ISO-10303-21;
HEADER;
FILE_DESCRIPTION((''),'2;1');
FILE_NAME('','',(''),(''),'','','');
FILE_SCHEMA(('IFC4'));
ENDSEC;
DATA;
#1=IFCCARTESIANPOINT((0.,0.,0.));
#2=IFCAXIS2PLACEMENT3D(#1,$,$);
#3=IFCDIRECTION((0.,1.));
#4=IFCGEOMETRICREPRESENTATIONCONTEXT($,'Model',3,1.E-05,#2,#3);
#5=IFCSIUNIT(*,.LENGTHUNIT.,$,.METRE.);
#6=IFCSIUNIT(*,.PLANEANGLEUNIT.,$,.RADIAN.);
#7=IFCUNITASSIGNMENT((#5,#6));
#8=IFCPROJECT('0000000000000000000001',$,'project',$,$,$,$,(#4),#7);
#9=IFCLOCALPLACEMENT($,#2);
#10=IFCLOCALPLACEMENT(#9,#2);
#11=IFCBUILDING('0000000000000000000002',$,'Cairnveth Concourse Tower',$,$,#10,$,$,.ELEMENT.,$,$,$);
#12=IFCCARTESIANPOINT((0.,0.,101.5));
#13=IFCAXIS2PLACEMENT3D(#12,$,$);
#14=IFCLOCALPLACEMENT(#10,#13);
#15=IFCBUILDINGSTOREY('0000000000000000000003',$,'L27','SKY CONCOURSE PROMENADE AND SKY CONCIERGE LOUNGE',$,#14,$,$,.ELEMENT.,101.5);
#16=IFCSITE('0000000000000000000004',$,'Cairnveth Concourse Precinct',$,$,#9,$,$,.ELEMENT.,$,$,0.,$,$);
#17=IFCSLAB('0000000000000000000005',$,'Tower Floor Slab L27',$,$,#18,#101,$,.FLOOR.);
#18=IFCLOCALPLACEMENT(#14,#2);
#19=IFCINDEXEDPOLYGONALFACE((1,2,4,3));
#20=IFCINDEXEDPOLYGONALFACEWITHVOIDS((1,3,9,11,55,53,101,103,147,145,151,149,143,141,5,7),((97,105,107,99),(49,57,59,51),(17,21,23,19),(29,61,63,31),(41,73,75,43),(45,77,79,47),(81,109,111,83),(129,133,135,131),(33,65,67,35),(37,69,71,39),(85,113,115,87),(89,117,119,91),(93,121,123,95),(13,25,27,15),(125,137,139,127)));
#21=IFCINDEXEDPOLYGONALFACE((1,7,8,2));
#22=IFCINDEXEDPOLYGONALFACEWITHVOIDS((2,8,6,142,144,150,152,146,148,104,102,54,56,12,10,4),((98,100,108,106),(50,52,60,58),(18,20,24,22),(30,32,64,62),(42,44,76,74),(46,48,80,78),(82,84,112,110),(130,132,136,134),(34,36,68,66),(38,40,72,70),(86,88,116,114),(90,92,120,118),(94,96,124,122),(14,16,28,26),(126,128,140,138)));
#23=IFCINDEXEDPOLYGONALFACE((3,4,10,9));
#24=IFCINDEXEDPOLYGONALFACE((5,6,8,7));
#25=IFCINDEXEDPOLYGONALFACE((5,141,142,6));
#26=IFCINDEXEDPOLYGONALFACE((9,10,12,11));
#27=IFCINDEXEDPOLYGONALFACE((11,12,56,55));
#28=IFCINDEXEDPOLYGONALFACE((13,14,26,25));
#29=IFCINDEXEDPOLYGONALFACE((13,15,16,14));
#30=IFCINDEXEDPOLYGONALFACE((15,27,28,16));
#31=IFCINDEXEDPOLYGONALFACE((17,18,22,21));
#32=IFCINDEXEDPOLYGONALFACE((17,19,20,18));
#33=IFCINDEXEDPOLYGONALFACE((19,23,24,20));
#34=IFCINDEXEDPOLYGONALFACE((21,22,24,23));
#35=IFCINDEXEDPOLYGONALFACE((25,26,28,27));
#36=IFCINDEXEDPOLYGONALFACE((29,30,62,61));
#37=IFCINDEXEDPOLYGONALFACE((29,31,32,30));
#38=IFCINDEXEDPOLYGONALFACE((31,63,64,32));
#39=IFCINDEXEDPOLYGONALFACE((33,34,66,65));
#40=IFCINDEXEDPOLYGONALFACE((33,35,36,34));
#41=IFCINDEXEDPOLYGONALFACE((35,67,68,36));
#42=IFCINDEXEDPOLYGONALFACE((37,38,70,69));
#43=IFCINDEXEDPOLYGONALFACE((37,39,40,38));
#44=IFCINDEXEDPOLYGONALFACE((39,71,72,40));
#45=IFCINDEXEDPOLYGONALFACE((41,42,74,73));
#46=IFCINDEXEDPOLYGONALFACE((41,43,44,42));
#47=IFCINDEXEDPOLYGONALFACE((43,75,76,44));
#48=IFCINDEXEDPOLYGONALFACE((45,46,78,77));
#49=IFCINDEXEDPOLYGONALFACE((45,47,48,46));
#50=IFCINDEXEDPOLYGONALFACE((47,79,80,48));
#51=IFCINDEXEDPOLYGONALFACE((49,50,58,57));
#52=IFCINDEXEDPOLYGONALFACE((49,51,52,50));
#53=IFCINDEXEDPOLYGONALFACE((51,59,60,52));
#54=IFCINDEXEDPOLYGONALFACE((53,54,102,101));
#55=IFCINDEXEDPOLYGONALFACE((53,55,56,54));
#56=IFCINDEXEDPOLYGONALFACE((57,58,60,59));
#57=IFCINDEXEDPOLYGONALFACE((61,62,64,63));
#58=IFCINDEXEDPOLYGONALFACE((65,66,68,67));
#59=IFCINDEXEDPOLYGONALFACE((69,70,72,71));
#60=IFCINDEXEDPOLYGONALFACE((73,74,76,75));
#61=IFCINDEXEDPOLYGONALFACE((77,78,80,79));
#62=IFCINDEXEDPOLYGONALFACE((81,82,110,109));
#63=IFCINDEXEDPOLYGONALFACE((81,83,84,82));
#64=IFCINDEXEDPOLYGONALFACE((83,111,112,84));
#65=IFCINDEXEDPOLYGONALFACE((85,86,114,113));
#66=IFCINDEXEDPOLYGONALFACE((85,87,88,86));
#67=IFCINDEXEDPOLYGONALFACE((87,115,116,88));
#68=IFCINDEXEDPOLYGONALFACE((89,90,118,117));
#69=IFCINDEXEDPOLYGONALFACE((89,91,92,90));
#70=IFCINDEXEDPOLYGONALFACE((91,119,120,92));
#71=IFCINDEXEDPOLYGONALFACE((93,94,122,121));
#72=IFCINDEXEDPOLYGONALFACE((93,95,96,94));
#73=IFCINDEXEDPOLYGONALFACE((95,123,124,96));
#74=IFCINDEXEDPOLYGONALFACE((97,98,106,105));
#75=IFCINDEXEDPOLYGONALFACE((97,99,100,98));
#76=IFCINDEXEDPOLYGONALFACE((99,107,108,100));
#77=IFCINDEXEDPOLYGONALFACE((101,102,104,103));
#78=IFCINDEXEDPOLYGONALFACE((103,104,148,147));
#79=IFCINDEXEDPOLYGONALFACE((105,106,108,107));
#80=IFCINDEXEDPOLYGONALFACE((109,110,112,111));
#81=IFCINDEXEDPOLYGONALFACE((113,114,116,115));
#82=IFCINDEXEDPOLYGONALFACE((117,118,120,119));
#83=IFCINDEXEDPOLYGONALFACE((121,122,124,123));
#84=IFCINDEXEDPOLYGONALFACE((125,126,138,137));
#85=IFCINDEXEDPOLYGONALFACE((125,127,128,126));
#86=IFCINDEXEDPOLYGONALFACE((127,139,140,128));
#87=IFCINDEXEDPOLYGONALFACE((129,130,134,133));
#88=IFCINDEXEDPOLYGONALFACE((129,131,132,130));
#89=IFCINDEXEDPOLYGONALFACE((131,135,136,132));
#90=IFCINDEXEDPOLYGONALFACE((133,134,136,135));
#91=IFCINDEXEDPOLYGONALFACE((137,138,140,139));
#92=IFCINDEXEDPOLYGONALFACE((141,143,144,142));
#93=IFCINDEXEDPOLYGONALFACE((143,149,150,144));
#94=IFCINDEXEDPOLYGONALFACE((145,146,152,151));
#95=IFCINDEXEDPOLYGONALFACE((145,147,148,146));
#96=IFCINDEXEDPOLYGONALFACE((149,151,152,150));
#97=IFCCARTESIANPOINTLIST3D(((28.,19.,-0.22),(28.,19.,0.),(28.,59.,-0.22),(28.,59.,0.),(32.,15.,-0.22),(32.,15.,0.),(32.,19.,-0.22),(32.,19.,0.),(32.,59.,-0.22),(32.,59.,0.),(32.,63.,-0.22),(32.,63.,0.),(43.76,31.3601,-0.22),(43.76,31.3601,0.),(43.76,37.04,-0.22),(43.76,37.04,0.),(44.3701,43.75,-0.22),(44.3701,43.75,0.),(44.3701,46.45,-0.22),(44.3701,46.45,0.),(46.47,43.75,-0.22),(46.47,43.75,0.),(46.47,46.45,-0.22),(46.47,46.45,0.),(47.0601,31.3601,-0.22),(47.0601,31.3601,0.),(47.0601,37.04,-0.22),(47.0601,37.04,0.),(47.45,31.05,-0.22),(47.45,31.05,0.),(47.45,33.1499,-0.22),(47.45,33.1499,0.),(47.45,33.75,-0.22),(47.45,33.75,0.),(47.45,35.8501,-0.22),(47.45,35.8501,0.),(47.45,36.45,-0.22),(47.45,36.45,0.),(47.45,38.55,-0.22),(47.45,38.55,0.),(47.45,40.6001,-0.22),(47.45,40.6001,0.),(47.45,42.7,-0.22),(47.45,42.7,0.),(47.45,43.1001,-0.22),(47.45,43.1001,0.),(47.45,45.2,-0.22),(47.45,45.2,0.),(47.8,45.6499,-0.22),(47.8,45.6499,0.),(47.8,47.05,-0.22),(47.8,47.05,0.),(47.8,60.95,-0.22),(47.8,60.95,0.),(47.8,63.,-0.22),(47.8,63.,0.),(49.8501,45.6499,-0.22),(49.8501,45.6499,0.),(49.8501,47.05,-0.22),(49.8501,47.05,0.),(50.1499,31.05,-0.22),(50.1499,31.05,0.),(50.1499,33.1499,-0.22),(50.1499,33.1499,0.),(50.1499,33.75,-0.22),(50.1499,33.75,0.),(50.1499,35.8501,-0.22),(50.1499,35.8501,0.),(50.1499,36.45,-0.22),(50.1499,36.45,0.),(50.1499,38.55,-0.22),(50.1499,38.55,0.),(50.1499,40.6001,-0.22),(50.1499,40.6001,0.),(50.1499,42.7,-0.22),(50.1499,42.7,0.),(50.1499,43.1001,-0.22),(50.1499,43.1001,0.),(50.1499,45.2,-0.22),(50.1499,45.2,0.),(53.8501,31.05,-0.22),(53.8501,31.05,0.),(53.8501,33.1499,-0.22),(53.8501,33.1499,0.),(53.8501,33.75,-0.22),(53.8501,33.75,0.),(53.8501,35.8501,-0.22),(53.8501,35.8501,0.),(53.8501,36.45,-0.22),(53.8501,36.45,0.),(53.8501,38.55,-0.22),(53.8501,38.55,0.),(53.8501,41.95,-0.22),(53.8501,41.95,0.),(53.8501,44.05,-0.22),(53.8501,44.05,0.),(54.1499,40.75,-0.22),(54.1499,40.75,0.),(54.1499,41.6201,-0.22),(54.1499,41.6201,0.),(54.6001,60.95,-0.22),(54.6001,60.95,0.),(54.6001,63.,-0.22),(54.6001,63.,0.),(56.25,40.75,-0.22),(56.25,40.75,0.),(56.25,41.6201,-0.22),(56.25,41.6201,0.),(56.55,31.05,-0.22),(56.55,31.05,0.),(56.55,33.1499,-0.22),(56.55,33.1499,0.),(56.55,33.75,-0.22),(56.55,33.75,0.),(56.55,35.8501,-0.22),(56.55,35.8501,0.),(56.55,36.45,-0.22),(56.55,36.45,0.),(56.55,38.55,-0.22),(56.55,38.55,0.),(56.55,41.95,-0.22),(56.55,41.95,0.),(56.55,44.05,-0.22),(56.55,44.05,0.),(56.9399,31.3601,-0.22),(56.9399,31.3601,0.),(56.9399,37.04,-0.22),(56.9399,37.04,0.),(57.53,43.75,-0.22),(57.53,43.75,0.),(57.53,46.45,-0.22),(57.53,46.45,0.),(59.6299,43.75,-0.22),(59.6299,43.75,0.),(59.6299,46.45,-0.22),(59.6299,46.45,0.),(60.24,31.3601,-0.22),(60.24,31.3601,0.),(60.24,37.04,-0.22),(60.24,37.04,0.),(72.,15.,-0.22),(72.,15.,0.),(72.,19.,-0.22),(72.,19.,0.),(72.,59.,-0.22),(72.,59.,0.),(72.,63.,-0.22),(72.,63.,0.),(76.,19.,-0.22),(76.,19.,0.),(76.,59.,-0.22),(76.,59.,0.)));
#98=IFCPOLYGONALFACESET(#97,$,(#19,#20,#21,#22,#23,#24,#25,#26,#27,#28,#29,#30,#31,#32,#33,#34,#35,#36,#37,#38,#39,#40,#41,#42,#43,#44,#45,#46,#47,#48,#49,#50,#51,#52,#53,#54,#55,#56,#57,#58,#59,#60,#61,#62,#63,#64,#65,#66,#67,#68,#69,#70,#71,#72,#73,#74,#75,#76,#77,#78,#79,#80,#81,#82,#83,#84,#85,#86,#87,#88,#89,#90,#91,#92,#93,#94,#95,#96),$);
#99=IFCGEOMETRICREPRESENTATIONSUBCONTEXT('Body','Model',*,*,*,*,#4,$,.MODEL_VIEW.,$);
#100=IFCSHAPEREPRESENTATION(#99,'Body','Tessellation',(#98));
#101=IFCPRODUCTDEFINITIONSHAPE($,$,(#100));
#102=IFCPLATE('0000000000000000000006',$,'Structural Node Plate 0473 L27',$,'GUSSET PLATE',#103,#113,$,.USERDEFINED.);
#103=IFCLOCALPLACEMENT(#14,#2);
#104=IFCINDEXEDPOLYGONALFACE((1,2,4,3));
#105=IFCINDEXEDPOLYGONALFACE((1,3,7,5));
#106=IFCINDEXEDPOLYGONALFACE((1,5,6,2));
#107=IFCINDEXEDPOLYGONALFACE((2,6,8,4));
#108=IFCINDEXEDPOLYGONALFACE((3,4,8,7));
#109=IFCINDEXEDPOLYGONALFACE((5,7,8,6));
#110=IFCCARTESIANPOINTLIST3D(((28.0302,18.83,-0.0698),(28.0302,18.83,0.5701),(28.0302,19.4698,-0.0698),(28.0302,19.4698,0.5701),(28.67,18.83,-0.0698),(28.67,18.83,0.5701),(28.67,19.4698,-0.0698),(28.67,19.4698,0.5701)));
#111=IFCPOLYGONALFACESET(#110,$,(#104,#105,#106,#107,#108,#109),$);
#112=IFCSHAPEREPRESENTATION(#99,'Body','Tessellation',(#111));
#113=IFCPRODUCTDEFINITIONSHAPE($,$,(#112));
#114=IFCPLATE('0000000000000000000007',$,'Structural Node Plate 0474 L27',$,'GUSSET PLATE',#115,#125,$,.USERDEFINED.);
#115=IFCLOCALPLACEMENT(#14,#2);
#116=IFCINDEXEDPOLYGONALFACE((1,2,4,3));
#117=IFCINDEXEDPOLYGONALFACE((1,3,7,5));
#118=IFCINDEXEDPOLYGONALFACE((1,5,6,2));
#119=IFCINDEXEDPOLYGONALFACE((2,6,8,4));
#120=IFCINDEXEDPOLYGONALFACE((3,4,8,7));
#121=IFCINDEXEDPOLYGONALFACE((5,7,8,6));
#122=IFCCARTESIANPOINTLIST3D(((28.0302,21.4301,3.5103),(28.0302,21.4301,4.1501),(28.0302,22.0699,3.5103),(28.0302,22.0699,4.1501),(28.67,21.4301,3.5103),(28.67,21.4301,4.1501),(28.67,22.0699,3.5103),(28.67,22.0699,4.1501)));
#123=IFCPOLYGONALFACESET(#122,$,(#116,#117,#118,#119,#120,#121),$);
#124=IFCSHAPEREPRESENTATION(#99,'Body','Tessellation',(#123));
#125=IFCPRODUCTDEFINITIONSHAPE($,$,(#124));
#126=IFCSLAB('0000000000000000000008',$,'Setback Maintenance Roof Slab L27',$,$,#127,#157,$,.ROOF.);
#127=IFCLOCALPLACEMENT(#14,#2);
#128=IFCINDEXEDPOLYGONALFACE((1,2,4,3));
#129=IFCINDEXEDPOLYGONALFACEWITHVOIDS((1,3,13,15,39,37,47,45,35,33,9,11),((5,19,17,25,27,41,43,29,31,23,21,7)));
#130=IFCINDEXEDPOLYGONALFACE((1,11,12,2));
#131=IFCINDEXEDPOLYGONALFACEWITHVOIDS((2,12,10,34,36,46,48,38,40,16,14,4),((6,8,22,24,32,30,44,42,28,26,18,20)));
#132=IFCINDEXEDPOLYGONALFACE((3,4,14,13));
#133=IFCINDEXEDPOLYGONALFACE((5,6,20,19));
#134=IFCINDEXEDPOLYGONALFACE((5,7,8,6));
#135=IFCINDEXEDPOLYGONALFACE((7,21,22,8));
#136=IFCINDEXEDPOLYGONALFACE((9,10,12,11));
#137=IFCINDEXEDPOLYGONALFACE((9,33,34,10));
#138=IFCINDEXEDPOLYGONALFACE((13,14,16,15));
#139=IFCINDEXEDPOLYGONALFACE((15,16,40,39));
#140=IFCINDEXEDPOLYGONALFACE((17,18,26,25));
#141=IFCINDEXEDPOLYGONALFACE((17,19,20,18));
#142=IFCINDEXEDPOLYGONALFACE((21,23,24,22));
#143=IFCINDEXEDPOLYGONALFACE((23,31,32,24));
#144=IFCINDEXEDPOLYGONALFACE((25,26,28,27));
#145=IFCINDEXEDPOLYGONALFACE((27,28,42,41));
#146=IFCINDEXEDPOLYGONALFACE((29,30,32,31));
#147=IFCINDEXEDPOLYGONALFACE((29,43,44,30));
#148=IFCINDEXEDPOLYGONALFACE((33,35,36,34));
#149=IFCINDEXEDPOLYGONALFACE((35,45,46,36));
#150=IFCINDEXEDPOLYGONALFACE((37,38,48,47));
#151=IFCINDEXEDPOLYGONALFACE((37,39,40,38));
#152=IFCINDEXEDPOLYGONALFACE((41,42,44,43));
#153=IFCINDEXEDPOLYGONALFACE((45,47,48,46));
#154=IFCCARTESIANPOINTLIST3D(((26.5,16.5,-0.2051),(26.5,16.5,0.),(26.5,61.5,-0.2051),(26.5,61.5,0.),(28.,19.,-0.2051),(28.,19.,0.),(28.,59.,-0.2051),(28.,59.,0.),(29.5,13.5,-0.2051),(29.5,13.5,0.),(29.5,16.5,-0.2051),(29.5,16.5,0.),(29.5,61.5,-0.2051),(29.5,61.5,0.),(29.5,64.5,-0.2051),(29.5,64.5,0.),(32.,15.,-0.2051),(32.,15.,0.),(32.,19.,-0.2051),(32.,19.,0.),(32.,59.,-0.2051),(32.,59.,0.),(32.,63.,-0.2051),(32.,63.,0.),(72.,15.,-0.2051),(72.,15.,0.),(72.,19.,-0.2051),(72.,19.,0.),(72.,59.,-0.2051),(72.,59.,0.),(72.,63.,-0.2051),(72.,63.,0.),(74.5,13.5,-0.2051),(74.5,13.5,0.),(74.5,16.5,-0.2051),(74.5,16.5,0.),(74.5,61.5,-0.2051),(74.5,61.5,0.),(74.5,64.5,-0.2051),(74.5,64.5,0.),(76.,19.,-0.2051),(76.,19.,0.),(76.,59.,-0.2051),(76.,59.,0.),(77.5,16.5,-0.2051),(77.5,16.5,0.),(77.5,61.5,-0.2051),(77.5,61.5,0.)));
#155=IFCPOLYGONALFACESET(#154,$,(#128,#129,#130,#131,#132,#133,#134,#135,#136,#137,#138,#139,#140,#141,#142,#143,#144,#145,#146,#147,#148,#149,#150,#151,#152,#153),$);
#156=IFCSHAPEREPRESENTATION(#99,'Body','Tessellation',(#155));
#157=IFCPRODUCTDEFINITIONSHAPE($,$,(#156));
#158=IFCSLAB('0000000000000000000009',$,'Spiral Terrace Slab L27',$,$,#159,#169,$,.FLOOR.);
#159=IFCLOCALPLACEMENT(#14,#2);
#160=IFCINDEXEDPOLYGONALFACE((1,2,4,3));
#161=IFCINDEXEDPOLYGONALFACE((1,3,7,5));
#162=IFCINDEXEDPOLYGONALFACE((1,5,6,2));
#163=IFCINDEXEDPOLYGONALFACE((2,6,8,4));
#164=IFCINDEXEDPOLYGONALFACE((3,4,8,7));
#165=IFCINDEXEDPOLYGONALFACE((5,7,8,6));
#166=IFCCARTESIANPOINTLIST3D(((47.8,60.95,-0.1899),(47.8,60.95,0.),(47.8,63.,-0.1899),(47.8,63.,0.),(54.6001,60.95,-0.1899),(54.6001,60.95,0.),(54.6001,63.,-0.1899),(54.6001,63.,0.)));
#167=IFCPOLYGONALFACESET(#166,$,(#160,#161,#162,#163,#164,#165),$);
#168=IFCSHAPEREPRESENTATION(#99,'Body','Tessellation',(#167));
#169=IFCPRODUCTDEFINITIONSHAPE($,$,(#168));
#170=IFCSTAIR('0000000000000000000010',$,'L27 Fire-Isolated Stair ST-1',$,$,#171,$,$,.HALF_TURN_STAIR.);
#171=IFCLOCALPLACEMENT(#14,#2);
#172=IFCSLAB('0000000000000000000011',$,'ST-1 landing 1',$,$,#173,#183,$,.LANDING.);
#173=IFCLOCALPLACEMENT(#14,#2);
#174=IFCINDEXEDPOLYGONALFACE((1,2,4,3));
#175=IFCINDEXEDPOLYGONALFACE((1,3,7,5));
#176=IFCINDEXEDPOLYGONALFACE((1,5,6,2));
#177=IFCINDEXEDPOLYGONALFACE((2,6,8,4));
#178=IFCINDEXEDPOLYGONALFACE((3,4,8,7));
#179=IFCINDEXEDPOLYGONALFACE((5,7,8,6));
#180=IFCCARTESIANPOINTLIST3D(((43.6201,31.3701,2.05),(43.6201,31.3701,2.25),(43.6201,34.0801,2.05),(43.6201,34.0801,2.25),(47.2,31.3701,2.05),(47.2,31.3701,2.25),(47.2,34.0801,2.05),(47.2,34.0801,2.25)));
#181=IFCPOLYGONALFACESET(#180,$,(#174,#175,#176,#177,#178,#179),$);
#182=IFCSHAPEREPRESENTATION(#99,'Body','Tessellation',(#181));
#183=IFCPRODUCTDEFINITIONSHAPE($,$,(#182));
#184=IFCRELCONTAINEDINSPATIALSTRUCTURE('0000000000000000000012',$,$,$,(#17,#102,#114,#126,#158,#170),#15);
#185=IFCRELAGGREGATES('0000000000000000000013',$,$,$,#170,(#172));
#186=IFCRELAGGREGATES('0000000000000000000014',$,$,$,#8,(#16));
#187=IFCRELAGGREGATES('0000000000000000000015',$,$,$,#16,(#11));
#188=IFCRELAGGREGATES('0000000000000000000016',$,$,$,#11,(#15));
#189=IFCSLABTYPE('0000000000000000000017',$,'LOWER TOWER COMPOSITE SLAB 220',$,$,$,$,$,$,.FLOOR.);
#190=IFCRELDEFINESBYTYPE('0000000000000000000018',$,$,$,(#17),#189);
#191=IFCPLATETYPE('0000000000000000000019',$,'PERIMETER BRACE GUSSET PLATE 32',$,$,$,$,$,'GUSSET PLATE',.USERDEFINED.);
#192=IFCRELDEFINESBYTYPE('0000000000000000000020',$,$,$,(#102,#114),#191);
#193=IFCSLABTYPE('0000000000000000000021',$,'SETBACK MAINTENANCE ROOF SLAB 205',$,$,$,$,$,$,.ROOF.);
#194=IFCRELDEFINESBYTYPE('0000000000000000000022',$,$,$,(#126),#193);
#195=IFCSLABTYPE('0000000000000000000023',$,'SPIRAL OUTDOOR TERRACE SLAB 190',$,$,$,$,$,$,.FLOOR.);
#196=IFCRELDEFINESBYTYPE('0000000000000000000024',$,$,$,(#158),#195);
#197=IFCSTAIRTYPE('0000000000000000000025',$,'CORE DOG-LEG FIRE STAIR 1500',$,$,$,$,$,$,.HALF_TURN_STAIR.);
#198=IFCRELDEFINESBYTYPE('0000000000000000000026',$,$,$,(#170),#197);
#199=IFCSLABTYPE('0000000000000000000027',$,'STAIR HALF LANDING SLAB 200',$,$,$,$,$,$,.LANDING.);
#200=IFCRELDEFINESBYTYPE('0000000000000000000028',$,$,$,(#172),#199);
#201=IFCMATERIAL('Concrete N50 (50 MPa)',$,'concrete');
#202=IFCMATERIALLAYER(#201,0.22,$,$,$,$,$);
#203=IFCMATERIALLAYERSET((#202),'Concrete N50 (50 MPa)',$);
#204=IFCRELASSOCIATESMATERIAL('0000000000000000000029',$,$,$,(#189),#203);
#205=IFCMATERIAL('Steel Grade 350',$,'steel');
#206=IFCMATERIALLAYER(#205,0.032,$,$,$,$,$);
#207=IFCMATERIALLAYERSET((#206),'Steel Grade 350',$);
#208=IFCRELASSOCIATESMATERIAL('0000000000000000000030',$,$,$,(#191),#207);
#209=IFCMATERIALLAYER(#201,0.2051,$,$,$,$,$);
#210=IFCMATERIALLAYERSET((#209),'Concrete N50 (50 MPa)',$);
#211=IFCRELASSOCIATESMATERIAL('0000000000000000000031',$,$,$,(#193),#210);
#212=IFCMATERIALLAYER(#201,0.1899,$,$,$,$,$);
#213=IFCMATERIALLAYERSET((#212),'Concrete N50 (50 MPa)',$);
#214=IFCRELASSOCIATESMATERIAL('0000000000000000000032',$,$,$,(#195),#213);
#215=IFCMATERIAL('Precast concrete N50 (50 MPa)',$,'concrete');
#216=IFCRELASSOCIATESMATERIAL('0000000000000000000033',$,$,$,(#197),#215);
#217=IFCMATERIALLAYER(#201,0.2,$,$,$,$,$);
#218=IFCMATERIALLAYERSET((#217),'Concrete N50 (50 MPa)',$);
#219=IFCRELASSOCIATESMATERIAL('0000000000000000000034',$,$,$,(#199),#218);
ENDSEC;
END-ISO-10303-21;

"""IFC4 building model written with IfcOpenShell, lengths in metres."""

from ifc_helpers import new_model, si_unit, direction, frame, origin, origin_2d, place, context, subcontext, project, spatial, polyline, rectangle, outline, extrude, material, layer, layer_set, type_object, element, aggregate, save


model = new_model("IFC4")

# Units and contexts
model_context = context("Model", 3, precision=1e-05, world=origin(), true_north=direction((0.0, 1.0)))
body_context = subcontext(model_context, "Body", "Model", "MODEL_VIEW")
ifc_project = project(units=[si_unit("LENGTHUNIT", "METRE"), si_unit("PLANEANGLEUNIT", "RADIAN")], contexts=[model_context])

# Site, building, storey
site_placement = place(None, origin())
site = spatial("IfcSite", under=ifc_project, at=site_placement, Name="Cairnveth Concourse Precinct", CompositionType="ELEMENT", RefElevation=0.0)
building_placement = place(site_placement, origin())
building = spatial("IfcBuilding", under=site, at=building_placement, Name="Cairnveth Concourse Tower", CompositionType="ELEMENT")
storey_placement = place(building_placement, frame((0.0, 0.0, 101.5)))
storey = spatial("IfcBuildingStorey", under=building, at=storey_placement, Name="L27", Description="SKY CONCOURSE PROMENADE AND SKY CONCIERGE LOUNGE", CompositionType="ELEMENT", Elevation=101.5)

# Shared definitions
ifc_material_1 = material(Name="Steel Grade 350", Category="steel")

# Slab
ifc_material_2 = material(Name="Concrete N50 (50 MPa)", Category="concrete")
ifc_layer_1 = layer(ifc_material_2, 0.22)
ifc_layer_set_1 = layer_set([ifc_layer_1], Name="Concrete N50 (50 MPa)")
slab_type_1 = type_object("IfcSlabType", Name="LOWER TOWER COMPOSITE SLAB 220", PredefinedType="FLOOR", material=ifc_layer_set_1)
slab_1_placement = place(storey_placement, frame((0.0, 0.0, -0.22)))
element("IfcSlab", 1, at=slab_1_placement, inside=storey, type_object=slab_type_1, Name="Tower Floor Slab L27", PredefinedType="FLOOR", context=body_context, shape_type="SweptSolid", body=[
    extrude(outline(polyline([(54.6001, 63.0), (54.6001, 60.95), (47.8, 60.95), (47.8, 63.0), (32.0, 63.0), (32.0, 59.0), (28.0, 59.0), (28.0, 19.0), (32.0, 19.0), (32.0, 15.0), (72.0, 15.0), (72.0, 19.0), (76.0, 19.0), (76.0, 59.0), (72.0, 59.0), (72.0, 63.0), (54.6001, 63.0)]), holes=[polyline([(43.76, 31.3601), (47.0601, 31.3601), (47.0601, 37.04), (43.76, 37.04), (43.76, 31.3601)]), polyline([(56.9399, 31.3601), (60.24, 31.3601), (60.24, 37.04), (56.9399, 37.04), (56.9399, 31.3601)]), polyline([(44.3701, 43.75), (46.47, 43.75), (46.47, 46.45), (44.3701, 46.45), (44.3701, 43.75)]), polyline([(57.53, 43.75), (59.6299, 43.75), (59.6299, 46.45), (57.53, 46.45), (57.53, 43.75)]), polyline([(47.45, 31.05), (50.1499, 31.05), (50.1499, 33.1499), (47.45, 33.1499), (47.45, 31.05)]), polyline([(47.45, 33.75), (50.1499, 33.75), (50.1499, 35.8501), (47.45, 35.8501), (47.45, 33.75)]), polyline([(47.45, 36.45), (50.1499, 36.45), (50.1499, 38.55), (47.45, 38.55), (47.45, 36.45)]), polyline([(53.8501, 31.05), (56.55, 31.05), (56.55, 33.1499), (53.8501, 33.1499), (53.8501, 31.05)]), polyline([(53.8501, 33.75), (56.55, 33.75), (56.55, 35.8501), (53.8501, 35.8501), (53.8501, 33.75)]), polyline([(53.8501, 36.45), (56.55, 36.45), (56.55, 38.55), (53.8501, 38.55), (53.8501, 36.45)]), polyline([(47.45, 40.6001), (50.1499, 40.6001), (50.1499, 42.7), (47.45, 42.7), (47.45, 40.6001)]), polyline([(47.45, 43.1001), (50.1499, 43.1001), (50.1499, 45.2), (47.45, 45.2), (47.45, 43.1001)]), polyline([(53.8501, 41.95), (56.55, 41.95), (56.55, 44.05), (53.8501, 44.05), (53.8501, 41.95)]), polyline([(47.8, 45.6499), (49.8501, 45.6499), (49.8501, 47.05), (47.8, 47.05), (47.8, 45.6499)]), polyline([(54.1499, 40.75), (56.25, 40.75), (56.25, 41.6201), (54.1499, 41.6201), (54.1499, 40.75)])]), origin(), (0.0, 0.0, 1.0), 0.22),
])

# Plates
ifc_layer_2 = layer(ifc_material_1, 0.032)
ifc_layer_set_2 = layer_set([ifc_layer_2], Name="Steel Grade 350")
plate_type = type_object("IfcPlateType", Name="PERIMETER BRACE GUSSET PLATE 32", ElementType="GUSSET PLATE", PredefinedType="USERDEFINED", material=ifc_layer_set_2)
for number, where, z_axis, x_axis, name in (
    (2, (28.3501, 19.1499, -0.0698), (0.0, 0.0, 1.0), (1.0, 0.0, 0.0), "Structural Node Plate 0473 L27"),
    (3, (28.3501, 21.75, 3.5103), (0.0, 0.0, 1.0), (1.0, 0.0, 0.0), "Structural Node Plate 0474 L27"),
):
    element("IfcPlate", number, at=place(storey_placement, frame(where, z_axis=z_axis, x_axis=x_axis)), inside=storey, type_object=plate_type, Name=name, ObjectType="GUSSET PLATE", PredefinedType="USERDEFINED", context=body_context, shape_type="SweptSolid", body=[
        extrude(rectangle(XDim=0.6399, YDim=0.6399, at=origin_2d()), origin(), (0.0, 0.0, 1.0), 0.6399),
    ])

# Slabs
ifc_layer_3 = layer(ifc_material_2, 0.2051)
ifc_layer_set_3 = layer_set([ifc_layer_3], Name="Concrete N50 (50 MPa)")
slab_type_2 = type_object("IfcSlabType", Name="SETBACK MAINTENANCE ROOF SLAB 205", PredefinedType="ROOF", material=ifc_layer_set_3)
slab_2_placement = place(storey_placement, frame((0.0, 0.0, -0.2051)))
element("IfcSlab", 4, at=slab_2_placement, inside=storey, type_object=slab_type_2, Name="Setback Maintenance Roof Slab L27", PredefinedType="ROOF", context=body_context, shape_type="SweptSolid", body=[
    extrude(outline(polyline([(29.5, 13.5), (74.5, 13.5), (74.5, 16.5), (77.5, 16.5), (77.5, 61.5), (74.5, 61.5), (74.5, 64.5), (29.5, 64.5), (29.5, 61.5), (26.5, 61.5), (26.5, 16.5), (29.5, 16.5), (29.5, 13.5)]), holes=[polyline([(32.0, 15.0), (72.0, 15.0), (72.0, 19.0), (76.0, 19.0), (76.0, 59.0), (72.0, 59.0), (72.0, 63.0), (32.0, 63.0), (32.0, 59.0), (28.0, 59.0), (28.0, 19.0), (32.0, 19.0), (32.0, 15.0)])]), origin(), (0.0, 0.0, 1.0), 0.2051),
])
ifc_layer_4 = layer(ifc_material_2, 0.1899)
ifc_layer_set_4 = layer_set([ifc_layer_4], Name="Concrete N50 (50 MPa)")
slab_type_3 = type_object("IfcSlabType", Name="SPIRAL OUTDOOR TERRACE SLAB 190", PredefinedType="FLOOR", material=ifc_layer_set_4)
slab_3_placement = place(storey_placement, frame((0.0, 0.0, -0.1899)))
element("IfcSlab", 5, at=slab_3_placement, inside=storey, type_object=slab_type_3, Name="Spiral Terrace Slab L27", PredefinedType="FLOOR", context=body_context, shape_type="SweptSolid", body=[
    extrude(outline(polyline([(47.8, 60.95), (54.6001, 60.95), (54.6001, 63.0), (47.8, 63.0), (47.8, 60.95)])), origin(), (0.0, 0.0, 1.0), 0.1899),
])

# Stair, slab
ifc_material_3 = material(Name="Precast concrete N50 (50 MPa)", Category="concrete")
stair_type = type_object("IfcStairType", Name="CORE DOG-LEG FIRE STAIR 1500", PredefinedType="HALF_TURN_STAIR", material=ifc_material_3)
stair_1_placement = place(storey_placement, origin())
stair_1 = element("IfcStair", 6, at=stair_1_placement, inside=storey, type_object=stair_type, Name="L27 Fire-Isolated Stair ST-1", PredefinedType="HALF_TURN_STAIR")
ifc_layer_5 = layer(ifc_material_2, 0.2)
ifc_layer_set_5 = layer_set([ifc_layer_5], Name="Concrete N50 (50 MPa)")
slab_type_4 = type_object("IfcSlabType", Name="STAIR HALF LANDING SLAB 200", PredefinedType="LANDING", material=ifc_layer_set_5)
slab_4_placement = place(storey_placement, frame((0.0, 0.0, 2.05)))
slab_4 = element("IfcSlab", 7, at=slab_4_placement, type_object=slab_type_4, Name="ST-1 landing 1", PredefinedType="LANDING", context=body_context, shape_type="SweptSolid", body=[
    extrude(outline(polyline([(43.6201, 34.0801), (43.6201, 31.3701), (47.2, 31.3701), (47.2, 34.0801), (43.6201, 34.0801)])), origin(), (0.0, 0.0, 1.0), 0.2),
])
aggregate(stair_1, [slab_4])

save(model, "model.ifc")
